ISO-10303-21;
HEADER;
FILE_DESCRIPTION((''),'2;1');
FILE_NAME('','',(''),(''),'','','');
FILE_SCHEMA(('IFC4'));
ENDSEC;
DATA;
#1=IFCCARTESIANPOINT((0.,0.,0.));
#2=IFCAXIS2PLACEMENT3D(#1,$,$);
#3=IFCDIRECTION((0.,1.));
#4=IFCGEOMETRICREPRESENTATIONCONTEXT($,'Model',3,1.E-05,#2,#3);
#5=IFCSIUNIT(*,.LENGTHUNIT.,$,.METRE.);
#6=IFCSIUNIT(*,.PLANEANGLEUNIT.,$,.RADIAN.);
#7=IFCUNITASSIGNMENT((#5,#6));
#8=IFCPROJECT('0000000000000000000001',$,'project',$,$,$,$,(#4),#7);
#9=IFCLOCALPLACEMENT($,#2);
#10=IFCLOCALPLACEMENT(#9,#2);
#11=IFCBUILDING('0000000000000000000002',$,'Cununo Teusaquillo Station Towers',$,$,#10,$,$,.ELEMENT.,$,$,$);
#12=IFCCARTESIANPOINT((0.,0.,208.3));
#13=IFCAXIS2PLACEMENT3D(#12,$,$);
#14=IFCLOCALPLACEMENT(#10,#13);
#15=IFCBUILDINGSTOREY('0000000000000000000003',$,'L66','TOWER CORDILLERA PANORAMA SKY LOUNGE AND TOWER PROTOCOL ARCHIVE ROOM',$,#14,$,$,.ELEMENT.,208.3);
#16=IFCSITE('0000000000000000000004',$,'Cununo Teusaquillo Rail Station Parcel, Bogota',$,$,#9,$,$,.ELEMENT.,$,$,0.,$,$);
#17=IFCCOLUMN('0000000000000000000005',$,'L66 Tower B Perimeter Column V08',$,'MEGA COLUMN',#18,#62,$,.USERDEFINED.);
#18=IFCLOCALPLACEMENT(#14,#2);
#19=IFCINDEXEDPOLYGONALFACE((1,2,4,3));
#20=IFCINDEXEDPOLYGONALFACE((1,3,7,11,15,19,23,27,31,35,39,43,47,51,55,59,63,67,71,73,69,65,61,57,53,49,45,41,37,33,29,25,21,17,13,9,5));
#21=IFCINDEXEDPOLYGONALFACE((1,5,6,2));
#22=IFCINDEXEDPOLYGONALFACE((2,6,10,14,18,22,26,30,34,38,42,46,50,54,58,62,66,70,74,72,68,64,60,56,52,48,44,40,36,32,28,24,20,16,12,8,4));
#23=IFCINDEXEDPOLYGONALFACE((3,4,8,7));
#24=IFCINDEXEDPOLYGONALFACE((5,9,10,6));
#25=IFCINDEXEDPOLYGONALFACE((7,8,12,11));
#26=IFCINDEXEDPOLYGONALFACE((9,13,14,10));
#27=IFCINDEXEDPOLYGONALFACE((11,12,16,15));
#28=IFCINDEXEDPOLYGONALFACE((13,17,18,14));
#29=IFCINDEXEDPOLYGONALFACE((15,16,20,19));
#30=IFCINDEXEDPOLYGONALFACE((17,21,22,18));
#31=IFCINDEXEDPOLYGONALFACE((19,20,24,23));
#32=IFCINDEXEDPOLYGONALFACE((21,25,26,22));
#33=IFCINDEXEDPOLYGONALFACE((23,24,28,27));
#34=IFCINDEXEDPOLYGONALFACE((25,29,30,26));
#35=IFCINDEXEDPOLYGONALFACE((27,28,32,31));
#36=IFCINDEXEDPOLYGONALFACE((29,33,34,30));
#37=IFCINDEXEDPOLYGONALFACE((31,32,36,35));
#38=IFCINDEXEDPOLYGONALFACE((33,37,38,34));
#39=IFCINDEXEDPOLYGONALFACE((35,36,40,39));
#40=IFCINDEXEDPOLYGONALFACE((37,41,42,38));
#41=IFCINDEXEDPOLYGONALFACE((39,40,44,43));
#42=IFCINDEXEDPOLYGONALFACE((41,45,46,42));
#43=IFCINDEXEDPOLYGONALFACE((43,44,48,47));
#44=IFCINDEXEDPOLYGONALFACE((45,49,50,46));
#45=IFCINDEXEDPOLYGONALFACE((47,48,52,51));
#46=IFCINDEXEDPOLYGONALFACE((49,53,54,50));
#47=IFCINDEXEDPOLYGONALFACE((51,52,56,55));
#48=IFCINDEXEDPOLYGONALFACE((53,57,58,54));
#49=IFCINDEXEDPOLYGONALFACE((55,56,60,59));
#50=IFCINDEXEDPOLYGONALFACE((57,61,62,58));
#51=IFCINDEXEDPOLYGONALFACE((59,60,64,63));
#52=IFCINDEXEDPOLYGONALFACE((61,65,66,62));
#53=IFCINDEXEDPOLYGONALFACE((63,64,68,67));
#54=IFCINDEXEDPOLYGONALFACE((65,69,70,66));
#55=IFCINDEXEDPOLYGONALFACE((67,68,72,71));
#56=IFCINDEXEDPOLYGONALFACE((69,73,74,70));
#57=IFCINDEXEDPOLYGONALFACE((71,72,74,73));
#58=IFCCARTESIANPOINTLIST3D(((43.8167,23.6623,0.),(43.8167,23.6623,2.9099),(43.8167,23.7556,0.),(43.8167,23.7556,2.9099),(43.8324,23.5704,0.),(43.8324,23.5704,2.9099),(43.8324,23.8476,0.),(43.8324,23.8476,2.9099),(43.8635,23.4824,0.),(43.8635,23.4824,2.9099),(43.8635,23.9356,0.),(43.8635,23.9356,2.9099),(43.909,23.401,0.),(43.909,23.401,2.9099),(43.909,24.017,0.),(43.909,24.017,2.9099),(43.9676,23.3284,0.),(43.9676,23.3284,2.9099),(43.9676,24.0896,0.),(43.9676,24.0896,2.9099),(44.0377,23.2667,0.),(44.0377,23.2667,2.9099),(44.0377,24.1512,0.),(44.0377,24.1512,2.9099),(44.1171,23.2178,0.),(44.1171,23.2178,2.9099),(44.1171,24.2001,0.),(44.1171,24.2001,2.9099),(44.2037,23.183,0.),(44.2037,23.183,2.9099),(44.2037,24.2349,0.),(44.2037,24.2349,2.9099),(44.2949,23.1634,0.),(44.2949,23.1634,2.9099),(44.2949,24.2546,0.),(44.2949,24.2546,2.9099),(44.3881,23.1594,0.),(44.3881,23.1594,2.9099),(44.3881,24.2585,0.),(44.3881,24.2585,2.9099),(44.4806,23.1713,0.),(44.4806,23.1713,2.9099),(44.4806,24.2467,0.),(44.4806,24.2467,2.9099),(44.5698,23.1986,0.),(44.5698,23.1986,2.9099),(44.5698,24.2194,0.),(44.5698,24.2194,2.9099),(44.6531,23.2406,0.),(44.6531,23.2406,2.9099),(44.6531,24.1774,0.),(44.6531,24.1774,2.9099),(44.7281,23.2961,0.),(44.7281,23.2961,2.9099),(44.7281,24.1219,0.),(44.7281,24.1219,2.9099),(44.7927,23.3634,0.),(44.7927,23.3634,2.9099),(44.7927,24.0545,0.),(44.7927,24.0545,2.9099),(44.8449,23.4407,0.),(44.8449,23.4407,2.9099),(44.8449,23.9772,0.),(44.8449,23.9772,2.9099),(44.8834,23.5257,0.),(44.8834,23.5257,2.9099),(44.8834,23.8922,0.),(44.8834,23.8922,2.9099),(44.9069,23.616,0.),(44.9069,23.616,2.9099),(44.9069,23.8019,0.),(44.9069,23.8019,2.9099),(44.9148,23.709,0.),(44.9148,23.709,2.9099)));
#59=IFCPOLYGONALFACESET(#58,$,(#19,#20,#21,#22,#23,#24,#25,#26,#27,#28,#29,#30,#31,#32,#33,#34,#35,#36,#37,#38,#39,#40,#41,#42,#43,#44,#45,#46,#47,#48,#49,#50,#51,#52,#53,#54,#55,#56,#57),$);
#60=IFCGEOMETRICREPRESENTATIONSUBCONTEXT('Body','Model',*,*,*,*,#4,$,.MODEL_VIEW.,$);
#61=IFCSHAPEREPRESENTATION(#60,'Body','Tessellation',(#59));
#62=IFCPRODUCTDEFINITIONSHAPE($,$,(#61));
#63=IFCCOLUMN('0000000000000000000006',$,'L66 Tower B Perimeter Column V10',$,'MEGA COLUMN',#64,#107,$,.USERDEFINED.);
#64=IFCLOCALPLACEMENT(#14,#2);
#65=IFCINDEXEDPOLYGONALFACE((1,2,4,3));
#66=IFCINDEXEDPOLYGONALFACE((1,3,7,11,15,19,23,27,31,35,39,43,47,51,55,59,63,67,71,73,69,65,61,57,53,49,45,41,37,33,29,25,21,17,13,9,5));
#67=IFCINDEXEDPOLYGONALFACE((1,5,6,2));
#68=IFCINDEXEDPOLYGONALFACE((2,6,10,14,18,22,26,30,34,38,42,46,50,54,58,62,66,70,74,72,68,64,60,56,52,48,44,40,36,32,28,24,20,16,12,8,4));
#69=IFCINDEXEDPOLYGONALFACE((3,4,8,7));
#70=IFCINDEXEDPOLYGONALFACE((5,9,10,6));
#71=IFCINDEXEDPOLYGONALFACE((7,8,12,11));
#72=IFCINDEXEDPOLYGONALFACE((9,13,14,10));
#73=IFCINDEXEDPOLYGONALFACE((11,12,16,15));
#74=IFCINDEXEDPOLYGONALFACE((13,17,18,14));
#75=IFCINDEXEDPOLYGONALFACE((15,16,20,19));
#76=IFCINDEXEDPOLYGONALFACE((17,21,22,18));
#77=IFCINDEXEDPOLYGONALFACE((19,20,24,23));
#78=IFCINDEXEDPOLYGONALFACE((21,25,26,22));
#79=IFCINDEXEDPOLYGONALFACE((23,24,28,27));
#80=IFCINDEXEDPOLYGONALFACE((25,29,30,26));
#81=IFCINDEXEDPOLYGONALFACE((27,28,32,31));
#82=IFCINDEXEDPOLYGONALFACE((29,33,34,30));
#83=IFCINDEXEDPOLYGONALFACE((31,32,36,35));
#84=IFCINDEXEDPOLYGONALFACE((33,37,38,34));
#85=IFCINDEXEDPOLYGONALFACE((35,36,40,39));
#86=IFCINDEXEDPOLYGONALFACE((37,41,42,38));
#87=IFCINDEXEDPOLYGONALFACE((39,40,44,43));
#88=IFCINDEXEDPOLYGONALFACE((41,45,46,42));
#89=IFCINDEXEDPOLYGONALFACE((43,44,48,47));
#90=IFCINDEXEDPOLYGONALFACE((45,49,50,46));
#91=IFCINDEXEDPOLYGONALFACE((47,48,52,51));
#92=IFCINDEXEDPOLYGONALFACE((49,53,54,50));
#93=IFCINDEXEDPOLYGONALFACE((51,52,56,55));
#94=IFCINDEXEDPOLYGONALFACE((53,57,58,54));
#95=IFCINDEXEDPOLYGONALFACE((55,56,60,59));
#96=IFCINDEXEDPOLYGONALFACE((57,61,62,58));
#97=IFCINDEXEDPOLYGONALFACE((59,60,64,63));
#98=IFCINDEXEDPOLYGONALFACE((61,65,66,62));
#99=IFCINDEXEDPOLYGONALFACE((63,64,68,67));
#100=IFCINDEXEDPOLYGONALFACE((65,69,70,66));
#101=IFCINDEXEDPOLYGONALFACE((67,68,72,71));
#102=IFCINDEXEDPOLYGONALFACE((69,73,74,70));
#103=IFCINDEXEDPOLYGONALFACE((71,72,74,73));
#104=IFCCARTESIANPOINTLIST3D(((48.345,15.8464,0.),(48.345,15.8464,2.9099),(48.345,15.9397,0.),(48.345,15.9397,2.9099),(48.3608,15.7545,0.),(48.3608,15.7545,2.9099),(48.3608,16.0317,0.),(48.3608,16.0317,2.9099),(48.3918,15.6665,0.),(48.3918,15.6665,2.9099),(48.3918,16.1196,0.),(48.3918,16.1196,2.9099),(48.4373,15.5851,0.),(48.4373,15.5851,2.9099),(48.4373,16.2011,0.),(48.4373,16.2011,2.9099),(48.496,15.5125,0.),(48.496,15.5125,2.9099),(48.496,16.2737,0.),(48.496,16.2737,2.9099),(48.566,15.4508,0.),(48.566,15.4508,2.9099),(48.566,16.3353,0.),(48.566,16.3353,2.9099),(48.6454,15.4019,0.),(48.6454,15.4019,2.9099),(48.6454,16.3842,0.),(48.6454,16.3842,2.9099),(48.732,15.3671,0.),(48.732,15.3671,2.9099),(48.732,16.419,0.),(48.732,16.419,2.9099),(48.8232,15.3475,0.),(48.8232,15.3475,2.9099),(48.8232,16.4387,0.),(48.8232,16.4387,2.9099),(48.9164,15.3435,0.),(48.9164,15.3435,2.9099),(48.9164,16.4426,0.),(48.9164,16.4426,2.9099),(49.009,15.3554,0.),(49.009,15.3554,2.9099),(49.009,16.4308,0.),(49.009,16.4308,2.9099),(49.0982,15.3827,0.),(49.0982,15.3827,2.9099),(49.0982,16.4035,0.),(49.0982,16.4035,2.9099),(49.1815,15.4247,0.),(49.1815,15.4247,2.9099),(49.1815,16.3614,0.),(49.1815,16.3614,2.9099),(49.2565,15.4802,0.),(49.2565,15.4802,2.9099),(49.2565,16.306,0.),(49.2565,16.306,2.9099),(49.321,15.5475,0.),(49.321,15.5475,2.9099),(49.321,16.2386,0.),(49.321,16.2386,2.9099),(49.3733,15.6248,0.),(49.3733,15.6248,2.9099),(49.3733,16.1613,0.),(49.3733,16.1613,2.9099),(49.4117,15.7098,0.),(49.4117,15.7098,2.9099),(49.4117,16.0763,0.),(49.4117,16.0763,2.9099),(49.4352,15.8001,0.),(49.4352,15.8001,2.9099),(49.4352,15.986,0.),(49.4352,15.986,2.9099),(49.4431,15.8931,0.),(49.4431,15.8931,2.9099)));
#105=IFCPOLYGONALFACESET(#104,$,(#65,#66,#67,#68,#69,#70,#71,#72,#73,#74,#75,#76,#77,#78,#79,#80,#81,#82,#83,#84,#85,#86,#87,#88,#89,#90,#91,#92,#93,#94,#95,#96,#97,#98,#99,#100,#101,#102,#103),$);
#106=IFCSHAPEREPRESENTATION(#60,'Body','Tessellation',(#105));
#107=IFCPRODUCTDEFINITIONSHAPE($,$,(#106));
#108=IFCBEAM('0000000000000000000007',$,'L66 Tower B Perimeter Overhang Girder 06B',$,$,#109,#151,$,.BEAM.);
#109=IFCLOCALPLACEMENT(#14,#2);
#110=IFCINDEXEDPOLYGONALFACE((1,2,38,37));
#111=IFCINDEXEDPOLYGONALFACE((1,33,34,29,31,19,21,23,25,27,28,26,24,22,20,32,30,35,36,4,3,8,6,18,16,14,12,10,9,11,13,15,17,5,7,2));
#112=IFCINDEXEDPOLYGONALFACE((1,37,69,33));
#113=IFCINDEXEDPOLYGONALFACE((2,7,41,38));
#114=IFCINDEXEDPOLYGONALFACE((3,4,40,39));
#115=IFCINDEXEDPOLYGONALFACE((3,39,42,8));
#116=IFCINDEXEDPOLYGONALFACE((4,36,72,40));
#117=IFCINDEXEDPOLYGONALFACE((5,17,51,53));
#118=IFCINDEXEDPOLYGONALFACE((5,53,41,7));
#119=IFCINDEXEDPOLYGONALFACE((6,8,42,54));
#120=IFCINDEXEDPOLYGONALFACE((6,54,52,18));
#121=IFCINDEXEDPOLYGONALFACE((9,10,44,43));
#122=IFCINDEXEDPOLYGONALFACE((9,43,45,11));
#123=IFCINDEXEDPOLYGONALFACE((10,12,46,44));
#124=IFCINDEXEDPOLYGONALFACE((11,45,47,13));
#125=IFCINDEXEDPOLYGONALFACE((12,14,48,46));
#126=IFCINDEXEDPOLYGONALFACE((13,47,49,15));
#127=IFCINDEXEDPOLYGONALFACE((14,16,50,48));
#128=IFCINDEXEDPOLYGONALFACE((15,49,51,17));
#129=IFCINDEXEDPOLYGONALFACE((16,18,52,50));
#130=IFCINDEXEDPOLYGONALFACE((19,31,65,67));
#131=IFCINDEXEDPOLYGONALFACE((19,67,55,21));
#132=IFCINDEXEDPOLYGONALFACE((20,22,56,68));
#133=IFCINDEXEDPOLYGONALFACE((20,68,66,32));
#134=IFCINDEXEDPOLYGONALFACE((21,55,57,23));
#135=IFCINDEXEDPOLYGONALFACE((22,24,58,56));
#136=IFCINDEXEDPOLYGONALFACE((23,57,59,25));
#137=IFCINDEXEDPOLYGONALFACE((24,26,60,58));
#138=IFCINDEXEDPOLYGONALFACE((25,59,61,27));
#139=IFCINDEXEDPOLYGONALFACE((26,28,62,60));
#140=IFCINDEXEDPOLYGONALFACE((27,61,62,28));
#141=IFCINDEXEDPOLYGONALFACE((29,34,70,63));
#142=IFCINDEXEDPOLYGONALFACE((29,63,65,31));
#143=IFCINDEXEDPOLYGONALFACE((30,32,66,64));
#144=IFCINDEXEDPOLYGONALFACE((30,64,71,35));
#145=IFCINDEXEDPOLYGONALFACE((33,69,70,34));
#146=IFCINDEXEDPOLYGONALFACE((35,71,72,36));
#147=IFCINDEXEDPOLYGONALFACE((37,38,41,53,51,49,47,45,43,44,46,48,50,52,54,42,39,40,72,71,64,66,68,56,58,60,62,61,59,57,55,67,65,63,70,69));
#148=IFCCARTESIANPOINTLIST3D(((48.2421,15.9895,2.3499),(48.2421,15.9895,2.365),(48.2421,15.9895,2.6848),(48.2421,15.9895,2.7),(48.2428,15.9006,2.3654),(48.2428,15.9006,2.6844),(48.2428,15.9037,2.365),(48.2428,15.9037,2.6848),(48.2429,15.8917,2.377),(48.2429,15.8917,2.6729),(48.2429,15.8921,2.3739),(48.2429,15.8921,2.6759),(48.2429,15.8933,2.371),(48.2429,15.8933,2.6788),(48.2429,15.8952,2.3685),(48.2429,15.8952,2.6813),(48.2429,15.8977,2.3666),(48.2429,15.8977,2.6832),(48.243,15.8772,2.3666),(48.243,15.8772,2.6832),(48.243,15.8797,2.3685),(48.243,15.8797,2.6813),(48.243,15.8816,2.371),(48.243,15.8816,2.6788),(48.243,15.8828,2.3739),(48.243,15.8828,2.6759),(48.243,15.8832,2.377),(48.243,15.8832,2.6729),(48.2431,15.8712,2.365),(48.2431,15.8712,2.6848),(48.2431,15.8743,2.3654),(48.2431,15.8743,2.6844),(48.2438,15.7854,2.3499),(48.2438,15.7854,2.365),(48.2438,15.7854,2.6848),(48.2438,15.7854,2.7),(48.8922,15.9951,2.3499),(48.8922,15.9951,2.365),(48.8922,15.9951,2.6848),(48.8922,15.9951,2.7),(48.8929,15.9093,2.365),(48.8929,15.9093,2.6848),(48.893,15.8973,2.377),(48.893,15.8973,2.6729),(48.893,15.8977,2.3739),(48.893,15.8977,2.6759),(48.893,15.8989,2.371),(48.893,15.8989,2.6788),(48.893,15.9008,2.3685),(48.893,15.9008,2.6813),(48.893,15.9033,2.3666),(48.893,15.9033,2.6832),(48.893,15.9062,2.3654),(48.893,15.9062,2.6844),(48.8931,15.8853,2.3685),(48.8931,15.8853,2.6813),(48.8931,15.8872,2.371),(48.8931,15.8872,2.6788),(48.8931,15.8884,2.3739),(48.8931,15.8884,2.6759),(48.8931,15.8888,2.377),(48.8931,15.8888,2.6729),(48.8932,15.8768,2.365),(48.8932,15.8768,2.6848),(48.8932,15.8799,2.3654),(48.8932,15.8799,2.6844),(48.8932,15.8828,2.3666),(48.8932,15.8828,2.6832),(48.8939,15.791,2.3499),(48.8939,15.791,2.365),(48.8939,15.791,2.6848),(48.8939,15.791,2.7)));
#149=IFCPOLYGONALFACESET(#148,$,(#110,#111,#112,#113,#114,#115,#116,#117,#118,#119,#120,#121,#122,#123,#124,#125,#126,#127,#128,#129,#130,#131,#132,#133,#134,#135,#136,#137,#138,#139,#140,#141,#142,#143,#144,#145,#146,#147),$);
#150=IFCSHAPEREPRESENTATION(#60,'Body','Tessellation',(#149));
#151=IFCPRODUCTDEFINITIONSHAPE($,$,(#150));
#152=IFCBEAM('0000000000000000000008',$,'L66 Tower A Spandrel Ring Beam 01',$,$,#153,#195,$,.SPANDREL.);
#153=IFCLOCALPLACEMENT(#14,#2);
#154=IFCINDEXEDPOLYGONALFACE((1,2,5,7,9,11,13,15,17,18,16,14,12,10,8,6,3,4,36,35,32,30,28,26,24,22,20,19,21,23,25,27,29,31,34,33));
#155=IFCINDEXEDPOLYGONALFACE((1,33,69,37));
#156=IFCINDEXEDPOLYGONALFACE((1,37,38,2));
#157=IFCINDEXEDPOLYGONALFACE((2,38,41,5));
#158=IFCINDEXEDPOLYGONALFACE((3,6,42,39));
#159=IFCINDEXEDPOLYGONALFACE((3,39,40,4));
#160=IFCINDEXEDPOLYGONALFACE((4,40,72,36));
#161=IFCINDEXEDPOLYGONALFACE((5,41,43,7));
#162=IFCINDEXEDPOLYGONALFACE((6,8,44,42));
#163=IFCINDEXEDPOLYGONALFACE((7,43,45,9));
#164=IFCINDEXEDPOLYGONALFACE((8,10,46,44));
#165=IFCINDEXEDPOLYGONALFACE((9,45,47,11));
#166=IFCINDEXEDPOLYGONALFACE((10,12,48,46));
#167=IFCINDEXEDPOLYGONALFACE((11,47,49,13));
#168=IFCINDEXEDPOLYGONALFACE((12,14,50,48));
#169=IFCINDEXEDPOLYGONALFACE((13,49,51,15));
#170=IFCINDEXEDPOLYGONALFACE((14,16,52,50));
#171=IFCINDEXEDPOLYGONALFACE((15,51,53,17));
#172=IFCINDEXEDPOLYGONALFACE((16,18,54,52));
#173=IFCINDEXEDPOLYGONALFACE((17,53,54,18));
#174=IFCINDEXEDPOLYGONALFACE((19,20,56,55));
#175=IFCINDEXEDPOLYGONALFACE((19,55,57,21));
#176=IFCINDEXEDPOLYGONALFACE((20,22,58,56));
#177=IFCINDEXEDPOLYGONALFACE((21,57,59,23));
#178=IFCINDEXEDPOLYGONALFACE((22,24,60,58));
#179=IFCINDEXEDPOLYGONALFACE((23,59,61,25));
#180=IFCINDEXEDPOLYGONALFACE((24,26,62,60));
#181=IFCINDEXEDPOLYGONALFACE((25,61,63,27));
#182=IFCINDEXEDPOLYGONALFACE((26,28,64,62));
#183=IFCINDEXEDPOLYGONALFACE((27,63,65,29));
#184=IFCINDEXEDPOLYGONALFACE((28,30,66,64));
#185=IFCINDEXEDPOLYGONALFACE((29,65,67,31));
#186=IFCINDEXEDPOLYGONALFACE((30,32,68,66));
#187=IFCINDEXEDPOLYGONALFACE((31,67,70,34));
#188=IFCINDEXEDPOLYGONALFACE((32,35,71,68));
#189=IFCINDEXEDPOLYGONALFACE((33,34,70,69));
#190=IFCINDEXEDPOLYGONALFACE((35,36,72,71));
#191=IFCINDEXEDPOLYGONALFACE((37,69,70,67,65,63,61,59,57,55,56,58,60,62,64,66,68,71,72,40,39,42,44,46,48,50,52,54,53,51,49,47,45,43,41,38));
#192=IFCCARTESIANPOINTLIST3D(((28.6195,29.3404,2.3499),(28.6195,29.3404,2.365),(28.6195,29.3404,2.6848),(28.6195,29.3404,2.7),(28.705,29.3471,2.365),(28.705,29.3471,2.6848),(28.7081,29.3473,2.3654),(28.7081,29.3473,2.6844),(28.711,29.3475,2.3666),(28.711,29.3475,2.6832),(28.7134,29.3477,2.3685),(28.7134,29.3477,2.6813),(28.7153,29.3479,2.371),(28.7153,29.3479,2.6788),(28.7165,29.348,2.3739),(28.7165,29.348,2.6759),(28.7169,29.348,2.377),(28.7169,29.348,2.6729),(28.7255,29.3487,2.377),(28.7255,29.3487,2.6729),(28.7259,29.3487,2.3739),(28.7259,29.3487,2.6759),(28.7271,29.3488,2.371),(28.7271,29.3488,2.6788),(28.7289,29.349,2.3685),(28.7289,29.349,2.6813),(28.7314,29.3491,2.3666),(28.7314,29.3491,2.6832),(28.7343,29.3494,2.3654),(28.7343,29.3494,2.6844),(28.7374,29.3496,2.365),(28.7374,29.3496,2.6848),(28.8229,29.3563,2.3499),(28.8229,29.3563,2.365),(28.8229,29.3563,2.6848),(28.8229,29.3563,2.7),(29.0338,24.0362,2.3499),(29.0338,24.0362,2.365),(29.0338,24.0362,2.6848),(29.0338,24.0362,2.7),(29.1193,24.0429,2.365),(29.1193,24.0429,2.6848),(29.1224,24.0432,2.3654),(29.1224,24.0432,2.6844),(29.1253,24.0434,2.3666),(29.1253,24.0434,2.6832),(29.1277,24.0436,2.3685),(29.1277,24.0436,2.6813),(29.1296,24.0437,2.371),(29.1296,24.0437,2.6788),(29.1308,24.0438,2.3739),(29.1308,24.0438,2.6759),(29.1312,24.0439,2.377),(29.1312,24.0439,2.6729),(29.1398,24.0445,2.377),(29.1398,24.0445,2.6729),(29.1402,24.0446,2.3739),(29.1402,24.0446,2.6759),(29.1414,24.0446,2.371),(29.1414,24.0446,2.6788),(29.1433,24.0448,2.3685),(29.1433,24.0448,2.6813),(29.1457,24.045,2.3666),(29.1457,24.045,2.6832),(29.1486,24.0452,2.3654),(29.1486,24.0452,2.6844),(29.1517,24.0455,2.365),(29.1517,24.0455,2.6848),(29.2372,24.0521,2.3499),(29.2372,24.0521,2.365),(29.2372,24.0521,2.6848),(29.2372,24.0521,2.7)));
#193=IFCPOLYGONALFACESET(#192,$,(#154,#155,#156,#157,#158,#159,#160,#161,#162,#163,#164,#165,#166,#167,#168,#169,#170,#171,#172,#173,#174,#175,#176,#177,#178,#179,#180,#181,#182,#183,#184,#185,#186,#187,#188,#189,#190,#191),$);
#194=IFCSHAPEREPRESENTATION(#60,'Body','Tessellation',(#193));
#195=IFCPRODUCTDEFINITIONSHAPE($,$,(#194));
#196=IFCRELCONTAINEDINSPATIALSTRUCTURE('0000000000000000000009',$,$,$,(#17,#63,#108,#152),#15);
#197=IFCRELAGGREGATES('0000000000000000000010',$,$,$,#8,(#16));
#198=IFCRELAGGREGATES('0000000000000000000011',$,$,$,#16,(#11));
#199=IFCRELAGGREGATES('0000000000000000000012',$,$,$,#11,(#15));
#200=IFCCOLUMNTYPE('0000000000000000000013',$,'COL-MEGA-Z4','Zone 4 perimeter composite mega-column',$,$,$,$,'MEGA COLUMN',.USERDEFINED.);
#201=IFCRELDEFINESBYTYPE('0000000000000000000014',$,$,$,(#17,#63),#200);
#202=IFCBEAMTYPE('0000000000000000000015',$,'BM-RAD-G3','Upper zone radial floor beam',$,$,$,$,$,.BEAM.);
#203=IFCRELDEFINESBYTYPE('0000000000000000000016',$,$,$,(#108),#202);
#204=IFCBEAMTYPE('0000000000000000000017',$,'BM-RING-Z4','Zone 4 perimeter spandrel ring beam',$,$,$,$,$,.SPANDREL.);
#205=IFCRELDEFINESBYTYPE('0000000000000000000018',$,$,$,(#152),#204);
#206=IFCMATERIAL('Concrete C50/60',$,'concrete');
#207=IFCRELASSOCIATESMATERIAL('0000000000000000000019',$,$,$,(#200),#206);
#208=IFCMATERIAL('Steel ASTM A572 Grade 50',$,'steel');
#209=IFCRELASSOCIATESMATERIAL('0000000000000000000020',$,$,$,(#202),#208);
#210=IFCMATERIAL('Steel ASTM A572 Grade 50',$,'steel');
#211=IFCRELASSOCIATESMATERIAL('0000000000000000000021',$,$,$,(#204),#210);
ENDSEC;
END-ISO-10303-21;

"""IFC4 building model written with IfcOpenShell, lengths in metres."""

from ifc_helpers import new_model, si_unit, direction, frame, origin, origin_2d, place, context, subcontext, project, spatial, circle, i_section, extrude, material, material_profile, profile_set, type_object, element, save


model = new_model("IFC4")

# Units and contexts
model_context = context("Model", 3, precision=1e-05, world=origin(), true_north=direction((0.0, 1.0)))
body_context = subcontext(model_context, "Body", "Model", "MODEL_VIEW")
ifc_project = project(units=[si_unit("LENGTHUNIT", "METRE"), si_unit("PLANEANGLEUNIT", "RADIAN")], contexts=[model_context])

# Site, building, storey
site_placement = place(None, origin())
site = spatial("IfcSite", under=ifc_project, at=site_placement, Name="Cununo Teusaquillo Rail Station Parcel, Bogota", CompositionType="ELEMENT", RefElevation=0.0)
building_placement = place(site_placement, origin())
building = spatial("IfcBuilding", under=site, at=building_placement, Name="Cununo Teusaquillo Station Towers", CompositionType="ELEMENT")
storey_placement = place(building_placement, frame((0.0, 0.0, 208.3)))
storey = spatial("IfcBuildingStorey", under=building, at=storey_placement, Name="L66", Description="TOWER CORDILLERA PANORAMA SKY LOUNGE AND TOWER PROTOCOL ARCHIVE ROOM", CompositionType="ELEMENT", Elevation=208.3)

# Columns
ifc_material_1 = material(Name="Concrete C50/60", Category="concrete")
ifc_material_profile_1 = material_profile(ifc_material_1, circle(Radius=0.55, at=origin_2d()), Name="RC-CIRC-1100")
ifc_profile_set_1 = profile_set([ifc_material_profile_1], Name="Concrete C50/60")
column_type = type_object("IfcColumnType", Name="COL-MEGA-Z4", Description="Zone 4 perimeter composite mega-column", ElementType="MEGA COLUMN", PredefinedType="USERDEFINED", material=ifc_profile_set_1)
for number, where, z_axis, x_axis, name in (
    (1, (44.3647, 23.709, 0.0), (0.0, 0.0, 1.0), (1.0, 0.0, 0.0), "L66 Tower B Perimeter Column V08"),
    (2, (48.8931, 15.8931, 0.0), (0.0, 0.0, 1.0), (1.0, 0.0, 0.0), "L66 Tower B Perimeter Column V10"),
):
    element("IfcColumn", number, at=place(storey_placement, frame(where, z_axis=z_axis, x_axis=x_axis)), inside=storey, type_object=column_type, Name=name, ObjectType="MEGA COLUMN", PredefinedType="USERDEFINED", context=body_context, shape_type="SweptSolid", body=[
        extrude(circle(Radius=0.55, at=origin_2d()), origin(), (0.0, 0.0, 1.0), 2.9099),
    ])

# Beams
ifc_material_2 = material(Name="Steel ASTM A572 Grade 50", Category="steel")
ifc_material_profile_2 = material_profile(ifc_material_2, i_section(OverallWidth=0.2041, OverallDepth=0.3501, WebThickness=0.0085, FlangeThickness=0.0151, FilletRadius=0.012, at=origin_2d()), Name="W14X48")
ifc_profile_set_2 = profile_set([ifc_material_profile_2], Name="Steel ASTM A572 Grade 50")
beam_type_1 = type_object("IfcBeamType", Name="BM-RAD-G3", Description="Upper zone radial floor beam", PredefinedType="BEAM", material=ifc_profile_set_2)
beam_1_placement = place(storey_placement, frame((48.8931, 15.8931, 2.5249), z_axis=(-0.999963, -0.008637, 0.0), x_axis=(0.008637, -0.999963, 0.0)))
element("IfcBeam", 3, at=beam_1_placement, inside=storey, type_object=beam_type_1, Name="L66 Tower B Perimeter Overhang Girder 06B", PredefinedType="BEAM", context=body_context, shape_type="SweptSolid", body=[
    extrude(i_section(OverallWidth=0.2041, OverallDepth=0.3501, WebThickness=0.0085, FlangeThickness=0.0151, FilletRadius=0.012, at=origin_2d()), origin(), (0.0, 0.0, 1.0), 0.6501),
])
ifc_material_3 = material(Name="Steel ASTM A572 Grade 50", Category="steel")
ifc_material_profile_3 = material_profile(ifc_material_3, i_section(OverallWidth=0.2041, OverallDepth=0.3501, WebThickness=0.0085, FlangeThickness=0.0151, FilletRadius=0.012, at=origin_2d()), Name="W14X48")
ifc_profile_set_3 = profile_set([ifc_material_profile_3], Name="Steel ASTM A572 Grade 50")
beam_type_2 = type_object("IfcBeamType", Name="BM-RING-Z4", Description="Zone 4 perimeter spandrel ring beam", PredefinedType="SPANDREL", material=ifc_profile_set_3)
beam_2_placement = place(storey_placement, frame((29.1355, 24.0442, 2.5249), z_axis=(-0.077872, 0.996963, 0.0), x_axis=(-0.996963, -0.077872, 0.0)))
element("IfcBeam", 4, at=beam_2_placement, inside=storey, type_object=beam_type_2, Name="L66 Tower A Spandrel Ring Beam 01", PredefinedType="SPANDREL", context=body_context, shape_type="SweptSolid", body=[
    extrude(i_section(OverallWidth=0.2041, OverallDepth=0.3501, WebThickness=0.0085, FlangeThickness=0.0151, FilletRadius=0.012, at=origin_2d()), origin(), (0.0, 0.0, 1.0), 5.3203),
])

save(model, "model.ifc")
